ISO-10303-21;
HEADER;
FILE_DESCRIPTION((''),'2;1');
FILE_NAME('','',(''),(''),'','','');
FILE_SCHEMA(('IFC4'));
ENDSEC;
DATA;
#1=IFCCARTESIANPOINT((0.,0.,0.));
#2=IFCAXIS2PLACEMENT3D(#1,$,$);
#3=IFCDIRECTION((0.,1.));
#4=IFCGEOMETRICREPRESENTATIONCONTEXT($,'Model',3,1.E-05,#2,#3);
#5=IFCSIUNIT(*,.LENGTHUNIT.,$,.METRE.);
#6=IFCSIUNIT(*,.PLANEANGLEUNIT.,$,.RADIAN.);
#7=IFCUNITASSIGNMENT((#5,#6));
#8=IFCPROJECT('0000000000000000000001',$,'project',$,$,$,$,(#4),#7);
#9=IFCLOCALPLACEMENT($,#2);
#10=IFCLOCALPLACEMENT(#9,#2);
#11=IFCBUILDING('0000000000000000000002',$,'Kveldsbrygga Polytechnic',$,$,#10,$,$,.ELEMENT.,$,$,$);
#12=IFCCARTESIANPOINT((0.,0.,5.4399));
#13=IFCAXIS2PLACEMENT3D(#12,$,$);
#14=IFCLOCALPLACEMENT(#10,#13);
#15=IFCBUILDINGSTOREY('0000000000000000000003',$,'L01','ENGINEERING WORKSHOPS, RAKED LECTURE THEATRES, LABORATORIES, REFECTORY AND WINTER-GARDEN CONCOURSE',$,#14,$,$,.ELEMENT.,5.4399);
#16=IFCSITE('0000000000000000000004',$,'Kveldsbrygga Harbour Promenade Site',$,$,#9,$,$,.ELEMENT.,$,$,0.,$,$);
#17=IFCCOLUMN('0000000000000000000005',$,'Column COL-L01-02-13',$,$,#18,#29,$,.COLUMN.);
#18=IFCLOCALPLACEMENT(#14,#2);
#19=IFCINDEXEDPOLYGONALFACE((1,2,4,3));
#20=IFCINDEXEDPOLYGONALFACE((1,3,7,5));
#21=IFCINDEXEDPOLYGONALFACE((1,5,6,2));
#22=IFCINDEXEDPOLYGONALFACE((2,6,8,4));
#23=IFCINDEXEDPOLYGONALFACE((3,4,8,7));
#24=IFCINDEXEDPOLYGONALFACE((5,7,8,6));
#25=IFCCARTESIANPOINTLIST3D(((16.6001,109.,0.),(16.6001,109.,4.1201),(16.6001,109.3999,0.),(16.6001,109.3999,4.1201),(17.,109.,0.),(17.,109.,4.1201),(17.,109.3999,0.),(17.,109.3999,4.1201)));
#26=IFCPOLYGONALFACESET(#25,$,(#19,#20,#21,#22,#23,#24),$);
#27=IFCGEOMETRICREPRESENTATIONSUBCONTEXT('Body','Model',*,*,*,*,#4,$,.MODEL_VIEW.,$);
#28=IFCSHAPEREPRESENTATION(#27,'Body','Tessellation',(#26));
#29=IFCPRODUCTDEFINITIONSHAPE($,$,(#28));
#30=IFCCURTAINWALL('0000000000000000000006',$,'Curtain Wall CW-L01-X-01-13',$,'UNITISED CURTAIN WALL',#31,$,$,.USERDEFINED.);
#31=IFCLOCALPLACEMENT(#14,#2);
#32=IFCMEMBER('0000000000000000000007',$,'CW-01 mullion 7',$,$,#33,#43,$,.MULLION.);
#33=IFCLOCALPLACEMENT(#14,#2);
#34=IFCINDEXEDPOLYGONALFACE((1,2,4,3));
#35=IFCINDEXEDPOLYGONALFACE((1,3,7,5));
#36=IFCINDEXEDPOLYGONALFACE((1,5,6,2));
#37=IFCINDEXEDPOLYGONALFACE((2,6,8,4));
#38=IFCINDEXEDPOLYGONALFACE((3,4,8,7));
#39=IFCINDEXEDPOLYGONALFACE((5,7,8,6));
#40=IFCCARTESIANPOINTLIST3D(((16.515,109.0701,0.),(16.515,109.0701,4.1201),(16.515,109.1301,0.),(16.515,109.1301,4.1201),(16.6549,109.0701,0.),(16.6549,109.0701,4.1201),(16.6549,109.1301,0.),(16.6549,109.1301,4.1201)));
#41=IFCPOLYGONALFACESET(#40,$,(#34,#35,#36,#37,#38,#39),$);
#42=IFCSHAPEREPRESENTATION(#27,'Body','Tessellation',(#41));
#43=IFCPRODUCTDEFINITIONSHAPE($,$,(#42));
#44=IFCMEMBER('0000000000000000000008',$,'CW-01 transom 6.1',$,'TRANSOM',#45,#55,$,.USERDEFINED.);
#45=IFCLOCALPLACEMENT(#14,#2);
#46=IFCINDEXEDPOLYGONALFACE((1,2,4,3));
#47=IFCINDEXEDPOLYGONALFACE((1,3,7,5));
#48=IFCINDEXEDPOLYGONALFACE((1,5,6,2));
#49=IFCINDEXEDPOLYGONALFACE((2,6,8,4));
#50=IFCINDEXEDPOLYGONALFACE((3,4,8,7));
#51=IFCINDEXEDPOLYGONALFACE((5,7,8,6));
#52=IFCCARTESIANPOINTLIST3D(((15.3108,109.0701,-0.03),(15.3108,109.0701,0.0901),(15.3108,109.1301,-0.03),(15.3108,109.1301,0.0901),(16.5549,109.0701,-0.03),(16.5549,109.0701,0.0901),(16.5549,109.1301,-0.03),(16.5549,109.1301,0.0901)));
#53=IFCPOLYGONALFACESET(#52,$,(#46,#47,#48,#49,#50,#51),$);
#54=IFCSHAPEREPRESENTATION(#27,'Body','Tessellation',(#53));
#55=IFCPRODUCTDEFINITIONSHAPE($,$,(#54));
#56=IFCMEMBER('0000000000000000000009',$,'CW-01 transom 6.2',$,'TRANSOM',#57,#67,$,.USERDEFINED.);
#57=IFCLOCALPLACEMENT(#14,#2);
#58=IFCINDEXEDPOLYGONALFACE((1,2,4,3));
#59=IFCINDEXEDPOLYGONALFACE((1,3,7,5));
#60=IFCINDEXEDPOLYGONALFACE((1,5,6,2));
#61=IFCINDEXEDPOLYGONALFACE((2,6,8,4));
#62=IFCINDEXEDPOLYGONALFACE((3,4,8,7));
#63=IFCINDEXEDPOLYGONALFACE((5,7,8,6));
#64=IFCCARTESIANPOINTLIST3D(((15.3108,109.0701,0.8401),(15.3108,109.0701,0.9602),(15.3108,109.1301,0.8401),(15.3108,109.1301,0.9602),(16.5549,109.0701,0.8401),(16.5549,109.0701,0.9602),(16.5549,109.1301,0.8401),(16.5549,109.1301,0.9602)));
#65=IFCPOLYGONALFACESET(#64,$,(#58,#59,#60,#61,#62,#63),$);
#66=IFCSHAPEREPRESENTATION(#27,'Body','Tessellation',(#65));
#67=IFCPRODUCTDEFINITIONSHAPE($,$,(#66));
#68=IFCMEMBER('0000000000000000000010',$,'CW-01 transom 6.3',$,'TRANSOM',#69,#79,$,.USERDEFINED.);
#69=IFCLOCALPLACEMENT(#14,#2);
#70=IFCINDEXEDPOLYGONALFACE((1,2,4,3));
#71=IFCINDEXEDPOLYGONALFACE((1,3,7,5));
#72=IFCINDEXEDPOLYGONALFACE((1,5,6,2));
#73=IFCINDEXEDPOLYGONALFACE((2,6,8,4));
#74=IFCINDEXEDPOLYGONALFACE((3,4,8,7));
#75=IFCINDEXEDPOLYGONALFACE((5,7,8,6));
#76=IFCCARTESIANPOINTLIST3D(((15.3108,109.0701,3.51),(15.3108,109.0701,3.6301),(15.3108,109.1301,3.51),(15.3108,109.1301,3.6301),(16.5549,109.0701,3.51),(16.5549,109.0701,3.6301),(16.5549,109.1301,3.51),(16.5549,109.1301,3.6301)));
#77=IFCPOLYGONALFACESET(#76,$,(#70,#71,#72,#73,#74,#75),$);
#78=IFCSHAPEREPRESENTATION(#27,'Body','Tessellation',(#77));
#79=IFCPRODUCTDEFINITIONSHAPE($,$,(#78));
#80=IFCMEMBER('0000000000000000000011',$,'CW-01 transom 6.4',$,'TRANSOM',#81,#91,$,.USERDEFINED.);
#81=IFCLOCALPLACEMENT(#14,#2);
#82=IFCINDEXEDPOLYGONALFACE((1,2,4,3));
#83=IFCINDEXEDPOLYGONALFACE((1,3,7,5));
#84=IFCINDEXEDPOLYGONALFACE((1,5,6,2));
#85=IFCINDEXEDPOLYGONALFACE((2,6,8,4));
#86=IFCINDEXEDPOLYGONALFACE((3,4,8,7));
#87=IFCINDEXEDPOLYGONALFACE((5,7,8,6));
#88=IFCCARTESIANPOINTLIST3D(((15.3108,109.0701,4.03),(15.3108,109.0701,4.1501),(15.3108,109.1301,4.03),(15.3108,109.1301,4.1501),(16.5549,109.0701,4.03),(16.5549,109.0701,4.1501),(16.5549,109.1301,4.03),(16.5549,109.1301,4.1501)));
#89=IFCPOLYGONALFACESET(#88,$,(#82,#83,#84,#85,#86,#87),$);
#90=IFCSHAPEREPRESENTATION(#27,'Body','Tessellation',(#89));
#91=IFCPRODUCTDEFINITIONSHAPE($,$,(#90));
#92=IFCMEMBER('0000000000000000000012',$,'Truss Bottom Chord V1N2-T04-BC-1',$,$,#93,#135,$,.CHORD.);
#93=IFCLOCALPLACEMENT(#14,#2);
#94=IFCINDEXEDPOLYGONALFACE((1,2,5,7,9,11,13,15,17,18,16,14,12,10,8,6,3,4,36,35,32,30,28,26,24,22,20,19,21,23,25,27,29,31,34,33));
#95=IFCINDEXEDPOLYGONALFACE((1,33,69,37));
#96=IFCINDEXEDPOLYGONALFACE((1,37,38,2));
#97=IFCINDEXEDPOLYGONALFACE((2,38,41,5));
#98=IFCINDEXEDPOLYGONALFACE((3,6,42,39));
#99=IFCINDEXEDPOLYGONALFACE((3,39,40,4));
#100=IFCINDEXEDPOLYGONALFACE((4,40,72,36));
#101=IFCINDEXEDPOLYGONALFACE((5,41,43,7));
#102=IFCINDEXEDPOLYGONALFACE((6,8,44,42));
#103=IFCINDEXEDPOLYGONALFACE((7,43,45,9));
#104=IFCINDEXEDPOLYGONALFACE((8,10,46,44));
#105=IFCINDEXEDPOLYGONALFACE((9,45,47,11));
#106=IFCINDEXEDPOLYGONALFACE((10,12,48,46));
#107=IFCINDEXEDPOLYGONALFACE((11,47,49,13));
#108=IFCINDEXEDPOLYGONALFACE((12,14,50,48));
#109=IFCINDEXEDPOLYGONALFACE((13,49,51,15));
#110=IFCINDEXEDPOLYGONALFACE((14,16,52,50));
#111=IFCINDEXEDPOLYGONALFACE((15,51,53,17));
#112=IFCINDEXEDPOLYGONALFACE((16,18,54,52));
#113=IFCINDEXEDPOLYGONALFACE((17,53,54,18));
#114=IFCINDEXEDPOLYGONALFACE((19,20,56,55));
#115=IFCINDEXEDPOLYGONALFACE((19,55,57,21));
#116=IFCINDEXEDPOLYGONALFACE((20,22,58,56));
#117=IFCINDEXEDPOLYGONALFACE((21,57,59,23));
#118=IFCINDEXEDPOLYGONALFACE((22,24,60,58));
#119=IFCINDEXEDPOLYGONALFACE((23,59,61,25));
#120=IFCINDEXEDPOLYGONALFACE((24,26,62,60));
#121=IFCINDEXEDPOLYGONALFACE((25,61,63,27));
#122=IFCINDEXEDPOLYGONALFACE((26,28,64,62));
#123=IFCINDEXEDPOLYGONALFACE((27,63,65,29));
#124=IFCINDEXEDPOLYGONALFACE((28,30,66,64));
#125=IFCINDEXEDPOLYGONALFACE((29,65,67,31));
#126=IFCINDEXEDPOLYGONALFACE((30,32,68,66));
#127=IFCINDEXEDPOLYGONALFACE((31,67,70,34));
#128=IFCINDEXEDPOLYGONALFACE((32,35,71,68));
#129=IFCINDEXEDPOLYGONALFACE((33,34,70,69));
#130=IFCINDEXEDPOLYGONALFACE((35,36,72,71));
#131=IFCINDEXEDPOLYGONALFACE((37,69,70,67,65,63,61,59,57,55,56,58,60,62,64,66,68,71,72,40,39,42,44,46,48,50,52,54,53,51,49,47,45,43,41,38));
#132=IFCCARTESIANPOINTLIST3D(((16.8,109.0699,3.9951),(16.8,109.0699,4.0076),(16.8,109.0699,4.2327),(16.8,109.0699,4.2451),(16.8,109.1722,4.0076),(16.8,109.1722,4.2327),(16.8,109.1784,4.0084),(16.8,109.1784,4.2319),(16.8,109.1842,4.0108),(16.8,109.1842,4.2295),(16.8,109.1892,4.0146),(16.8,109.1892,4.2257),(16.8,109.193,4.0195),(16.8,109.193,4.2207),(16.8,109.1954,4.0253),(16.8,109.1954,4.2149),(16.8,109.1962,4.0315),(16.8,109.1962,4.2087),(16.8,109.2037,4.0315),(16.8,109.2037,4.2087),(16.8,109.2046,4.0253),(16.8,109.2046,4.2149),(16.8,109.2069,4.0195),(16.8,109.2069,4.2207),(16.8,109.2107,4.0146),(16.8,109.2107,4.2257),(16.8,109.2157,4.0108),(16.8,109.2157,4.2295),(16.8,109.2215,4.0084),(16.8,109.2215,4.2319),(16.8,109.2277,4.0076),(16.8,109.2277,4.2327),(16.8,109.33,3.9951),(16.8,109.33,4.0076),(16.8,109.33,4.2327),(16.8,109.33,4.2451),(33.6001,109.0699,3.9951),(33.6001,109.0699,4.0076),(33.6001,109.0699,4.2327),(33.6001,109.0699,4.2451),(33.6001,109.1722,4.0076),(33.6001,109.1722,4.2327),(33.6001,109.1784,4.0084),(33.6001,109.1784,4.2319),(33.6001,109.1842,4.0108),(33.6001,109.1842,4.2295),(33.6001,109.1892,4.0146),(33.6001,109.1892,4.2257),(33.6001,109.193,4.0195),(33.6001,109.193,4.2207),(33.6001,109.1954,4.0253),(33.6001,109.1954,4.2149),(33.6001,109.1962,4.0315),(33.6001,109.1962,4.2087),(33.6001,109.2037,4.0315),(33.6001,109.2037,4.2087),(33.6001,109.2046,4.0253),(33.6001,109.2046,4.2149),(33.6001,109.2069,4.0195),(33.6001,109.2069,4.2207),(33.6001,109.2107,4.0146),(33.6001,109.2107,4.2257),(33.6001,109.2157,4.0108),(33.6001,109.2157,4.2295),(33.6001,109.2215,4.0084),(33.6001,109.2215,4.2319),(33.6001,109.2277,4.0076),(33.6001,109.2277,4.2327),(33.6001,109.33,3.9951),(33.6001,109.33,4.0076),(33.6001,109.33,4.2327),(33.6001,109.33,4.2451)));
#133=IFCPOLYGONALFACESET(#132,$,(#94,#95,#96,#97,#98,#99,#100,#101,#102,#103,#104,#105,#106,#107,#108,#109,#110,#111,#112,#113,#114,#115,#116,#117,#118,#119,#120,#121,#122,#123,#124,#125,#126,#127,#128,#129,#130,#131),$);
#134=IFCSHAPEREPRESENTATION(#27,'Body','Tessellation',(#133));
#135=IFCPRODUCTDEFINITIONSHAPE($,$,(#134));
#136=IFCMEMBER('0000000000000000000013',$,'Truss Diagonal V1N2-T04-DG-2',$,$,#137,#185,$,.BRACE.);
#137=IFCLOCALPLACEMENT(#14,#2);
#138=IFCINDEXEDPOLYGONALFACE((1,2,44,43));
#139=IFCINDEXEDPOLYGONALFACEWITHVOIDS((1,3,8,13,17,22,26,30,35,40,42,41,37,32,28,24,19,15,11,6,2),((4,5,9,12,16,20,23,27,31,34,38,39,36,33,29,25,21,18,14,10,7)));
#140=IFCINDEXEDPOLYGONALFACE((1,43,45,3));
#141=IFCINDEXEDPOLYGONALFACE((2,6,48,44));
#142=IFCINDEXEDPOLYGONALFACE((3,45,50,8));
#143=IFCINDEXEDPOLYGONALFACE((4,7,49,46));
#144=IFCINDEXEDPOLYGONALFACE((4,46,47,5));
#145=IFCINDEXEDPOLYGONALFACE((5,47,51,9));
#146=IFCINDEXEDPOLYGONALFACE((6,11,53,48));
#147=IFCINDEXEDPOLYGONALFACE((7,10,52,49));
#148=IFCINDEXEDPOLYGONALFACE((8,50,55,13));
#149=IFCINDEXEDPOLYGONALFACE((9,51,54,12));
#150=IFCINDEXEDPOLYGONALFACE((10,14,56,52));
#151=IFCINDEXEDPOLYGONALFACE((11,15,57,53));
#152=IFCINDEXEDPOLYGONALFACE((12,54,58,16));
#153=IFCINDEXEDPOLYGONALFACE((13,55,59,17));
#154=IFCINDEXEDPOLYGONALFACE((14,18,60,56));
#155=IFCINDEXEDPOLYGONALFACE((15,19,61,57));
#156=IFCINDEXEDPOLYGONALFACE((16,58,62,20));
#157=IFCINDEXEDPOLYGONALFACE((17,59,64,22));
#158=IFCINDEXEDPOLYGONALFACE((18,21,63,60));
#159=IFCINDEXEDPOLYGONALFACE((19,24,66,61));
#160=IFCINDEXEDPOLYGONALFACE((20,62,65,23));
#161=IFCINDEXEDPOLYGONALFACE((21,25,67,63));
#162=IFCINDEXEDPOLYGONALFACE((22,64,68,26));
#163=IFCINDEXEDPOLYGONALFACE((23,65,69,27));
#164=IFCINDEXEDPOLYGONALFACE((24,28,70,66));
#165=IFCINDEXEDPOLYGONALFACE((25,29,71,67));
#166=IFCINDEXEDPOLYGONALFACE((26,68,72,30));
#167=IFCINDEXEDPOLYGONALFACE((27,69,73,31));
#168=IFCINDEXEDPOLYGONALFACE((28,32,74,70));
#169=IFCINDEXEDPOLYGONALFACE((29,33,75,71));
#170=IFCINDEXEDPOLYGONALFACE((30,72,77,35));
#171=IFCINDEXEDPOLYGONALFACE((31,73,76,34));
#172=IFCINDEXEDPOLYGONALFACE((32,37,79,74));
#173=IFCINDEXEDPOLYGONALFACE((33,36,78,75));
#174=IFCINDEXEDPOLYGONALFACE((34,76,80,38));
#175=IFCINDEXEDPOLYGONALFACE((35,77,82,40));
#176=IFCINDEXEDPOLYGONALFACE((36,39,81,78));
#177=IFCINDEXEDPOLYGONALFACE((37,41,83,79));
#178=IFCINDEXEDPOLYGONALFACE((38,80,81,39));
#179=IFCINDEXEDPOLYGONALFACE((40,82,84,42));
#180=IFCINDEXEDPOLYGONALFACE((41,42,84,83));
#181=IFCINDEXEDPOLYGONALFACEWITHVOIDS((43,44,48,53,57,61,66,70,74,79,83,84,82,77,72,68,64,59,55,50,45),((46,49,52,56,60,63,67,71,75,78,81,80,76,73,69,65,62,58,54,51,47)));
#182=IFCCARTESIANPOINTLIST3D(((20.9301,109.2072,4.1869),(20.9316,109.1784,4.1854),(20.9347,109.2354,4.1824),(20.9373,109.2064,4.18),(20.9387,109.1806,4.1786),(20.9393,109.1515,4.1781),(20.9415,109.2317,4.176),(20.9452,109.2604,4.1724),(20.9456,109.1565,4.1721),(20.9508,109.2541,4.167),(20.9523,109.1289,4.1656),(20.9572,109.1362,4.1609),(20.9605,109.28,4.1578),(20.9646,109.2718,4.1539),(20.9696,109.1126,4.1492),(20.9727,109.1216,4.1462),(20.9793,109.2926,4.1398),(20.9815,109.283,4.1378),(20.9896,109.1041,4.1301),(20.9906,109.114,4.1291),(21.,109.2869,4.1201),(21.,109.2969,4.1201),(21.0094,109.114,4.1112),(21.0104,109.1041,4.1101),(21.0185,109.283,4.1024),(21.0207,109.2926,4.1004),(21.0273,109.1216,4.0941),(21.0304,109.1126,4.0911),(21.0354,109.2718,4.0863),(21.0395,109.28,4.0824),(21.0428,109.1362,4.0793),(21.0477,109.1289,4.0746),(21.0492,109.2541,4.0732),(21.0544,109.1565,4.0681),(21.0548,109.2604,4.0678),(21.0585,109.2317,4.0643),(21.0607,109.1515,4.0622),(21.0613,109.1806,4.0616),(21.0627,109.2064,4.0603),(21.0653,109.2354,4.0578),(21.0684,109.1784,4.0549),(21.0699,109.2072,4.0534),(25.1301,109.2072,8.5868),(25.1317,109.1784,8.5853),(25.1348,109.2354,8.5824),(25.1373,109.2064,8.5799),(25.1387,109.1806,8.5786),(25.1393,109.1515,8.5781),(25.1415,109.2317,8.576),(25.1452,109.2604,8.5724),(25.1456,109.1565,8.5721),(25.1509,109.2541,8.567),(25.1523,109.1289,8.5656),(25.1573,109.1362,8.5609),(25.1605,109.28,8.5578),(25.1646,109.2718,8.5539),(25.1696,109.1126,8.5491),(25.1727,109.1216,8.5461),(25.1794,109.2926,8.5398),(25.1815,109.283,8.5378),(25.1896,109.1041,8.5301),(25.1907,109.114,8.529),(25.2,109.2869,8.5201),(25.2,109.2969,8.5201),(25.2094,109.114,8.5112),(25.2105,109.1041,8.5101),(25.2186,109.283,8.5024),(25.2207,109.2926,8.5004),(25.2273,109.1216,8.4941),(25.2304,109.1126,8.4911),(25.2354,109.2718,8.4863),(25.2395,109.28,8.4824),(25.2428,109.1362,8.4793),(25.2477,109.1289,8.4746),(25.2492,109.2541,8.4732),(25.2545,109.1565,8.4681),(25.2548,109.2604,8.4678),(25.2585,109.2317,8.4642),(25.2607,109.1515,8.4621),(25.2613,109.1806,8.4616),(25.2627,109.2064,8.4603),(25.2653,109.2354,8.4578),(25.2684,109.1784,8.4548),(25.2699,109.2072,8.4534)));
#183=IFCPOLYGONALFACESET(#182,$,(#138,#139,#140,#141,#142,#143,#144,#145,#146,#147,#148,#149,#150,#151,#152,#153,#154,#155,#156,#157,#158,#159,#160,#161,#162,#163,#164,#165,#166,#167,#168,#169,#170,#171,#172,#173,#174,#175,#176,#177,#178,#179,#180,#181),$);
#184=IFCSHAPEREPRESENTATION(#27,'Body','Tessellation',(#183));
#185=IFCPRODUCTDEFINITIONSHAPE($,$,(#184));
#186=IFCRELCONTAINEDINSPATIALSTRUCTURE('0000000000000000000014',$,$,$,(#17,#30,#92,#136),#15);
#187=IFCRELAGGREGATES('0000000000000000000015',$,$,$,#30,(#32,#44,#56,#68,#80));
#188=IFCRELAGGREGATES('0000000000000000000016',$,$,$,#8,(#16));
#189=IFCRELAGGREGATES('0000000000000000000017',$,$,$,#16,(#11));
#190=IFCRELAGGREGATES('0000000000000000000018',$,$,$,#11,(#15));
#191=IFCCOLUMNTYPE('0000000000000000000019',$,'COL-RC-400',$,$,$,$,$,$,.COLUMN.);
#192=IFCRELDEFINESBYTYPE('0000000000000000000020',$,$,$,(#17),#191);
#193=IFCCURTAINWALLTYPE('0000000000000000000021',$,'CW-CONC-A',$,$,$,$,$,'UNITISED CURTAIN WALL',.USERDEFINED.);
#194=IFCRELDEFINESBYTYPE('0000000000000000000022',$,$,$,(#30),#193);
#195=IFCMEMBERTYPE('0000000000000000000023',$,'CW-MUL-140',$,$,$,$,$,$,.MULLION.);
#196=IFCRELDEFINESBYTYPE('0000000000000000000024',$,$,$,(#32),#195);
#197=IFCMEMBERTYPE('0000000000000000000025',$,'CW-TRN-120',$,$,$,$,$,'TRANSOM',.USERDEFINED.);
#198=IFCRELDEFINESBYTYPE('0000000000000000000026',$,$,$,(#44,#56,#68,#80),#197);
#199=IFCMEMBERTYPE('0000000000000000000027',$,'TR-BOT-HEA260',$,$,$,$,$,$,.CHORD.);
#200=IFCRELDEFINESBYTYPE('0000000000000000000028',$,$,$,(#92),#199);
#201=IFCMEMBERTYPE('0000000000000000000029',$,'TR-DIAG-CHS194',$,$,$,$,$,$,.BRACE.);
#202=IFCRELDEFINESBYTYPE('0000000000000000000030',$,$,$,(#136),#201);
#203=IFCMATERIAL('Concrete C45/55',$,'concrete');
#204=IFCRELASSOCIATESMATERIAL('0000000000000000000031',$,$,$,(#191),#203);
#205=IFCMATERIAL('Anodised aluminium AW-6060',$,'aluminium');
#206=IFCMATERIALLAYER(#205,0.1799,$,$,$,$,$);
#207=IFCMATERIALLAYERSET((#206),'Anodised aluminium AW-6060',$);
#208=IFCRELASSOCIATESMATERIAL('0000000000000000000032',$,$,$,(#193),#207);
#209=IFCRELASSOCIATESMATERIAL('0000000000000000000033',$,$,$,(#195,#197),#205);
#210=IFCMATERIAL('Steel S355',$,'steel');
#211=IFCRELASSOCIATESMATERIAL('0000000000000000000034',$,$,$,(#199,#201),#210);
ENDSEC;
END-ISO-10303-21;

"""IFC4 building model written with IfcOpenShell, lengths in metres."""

from ifc_helpers import new_model, si_unit, direction, frame, origin, origin_2d, place, context, subcontext, project, spatial, rectangle, hollow_circle, i_section, extrude, material, layer, layer_set, material_profile, profile_set, type_object, element, aggregate, save


model = new_model("IFC4")

# Units and contexts
model_context = context("Model", 3, precision=1e-05, world=origin(), true_north=direction((0.0, 1.0)))
body_context = subcontext(model_context, "Body", "Model", "MODEL_VIEW")
ifc_project = project(units=[si_unit("LENGTHUNIT", "METRE"), si_unit("PLANEANGLEUNIT", "RADIAN")], contexts=[model_context])

# Site, building, storey
site_placement = place(None, origin())
site = spatial("IfcSite", under=ifc_project, at=site_placement, Name="Kveldsbrygga Harbour Promenade Site", CompositionType="ELEMENT", RefElevation=0.0)
building_placement = place(site_placement, origin())
building = spatial("IfcBuilding", under=site, at=building_placement, Name="Kveldsbrygga Polytechnic", CompositionType="ELEMENT")
storey_placement = place(building_placement, frame((0.0, 0.0, 5.4399)))
storey = spatial("IfcBuildingStorey", under=building, at=storey_placement, Name="L01", Description="ENGINEERING WORKSHOPS, RAKED LECTURE THEATRES, LABORATORIES, REFECTORY AND WINTER-GARDEN CONCOURSE", CompositionType="ELEMENT", Elevation=5.4399)

# Column
ifc_material_1 = material(Name="Concrete C45/55", Category="concrete")
ifc_material_profile_1 = material_profile(ifc_material_1, rectangle(XDim=0.3999, YDim=0.3999, at=origin_2d()), Name="RC 400x400")
ifc_profile_set_1 = profile_set([ifc_material_profile_1], Name="Concrete C45/55")
column_type = type_object("IfcColumnType", Name="COL-RC-400", PredefinedType="COLUMN", material=ifc_profile_set_1)
column_placement = place(storey_placement, frame((16.8, 109.2, 0.0), z_axis=(0.0, 0.0, 1.0), x_axis=(1.0, 0.0, 0.0)))
element("IfcColumn", 1, at=column_placement, inside=storey, type_object=column_type, Name="Column COL-L01-02-13", PredefinedType="COLUMN", context=body_context, shape_type="SweptSolid", body=[
    extrude(rectangle(XDim=0.3999, YDim=0.3999, at=origin_2d()), origin(), (0.0, 0.0, 1.0), 4.1201),
])

# Curtain wall, members
ifc_material_2 = material(Name="Anodised aluminium AW-6060", Category="aluminium")
ifc_layer_1 = layer(ifc_material_2, 0.1799)
ifc_layer_set_1 = layer_set([ifc_layer_1], Name="Anodised aluminium AW-6060")
curtain_wall_type = type_object("IfcCurtainWallType", Name="CW-CONC-A", ElementType="UNITISED CURTAIN WALL", PredefinedType="USERDEFINED", material=ifc_layer_set_1)
curtain_wall_placement = place(storey_placement, origin())
curtain_wall = element("IfcCurtainWall", 2, at=curtain_wall_placement, inside=storey, type_object=curtain_wall_type, Name="Curtain Wall CW-L01-X-01-13", ObjectType="UNITISED CURTAIN WALL", PredefinedType="USERDEFINED")
ifc_material_profile_2 = material_profile(ifc_material_2, rectangle(XDim=0.0601, YDim=0.1399, at=origin_2d()), Name="ALU 60x140")
ifc_profile_set_2 = profile_set([ifc_material_profile_2], Name="Anodised aluminium AW-6060")
member_type_1 = type_object("IfcMemberType", Name="CW-MUL-140", PredefinedType="MULLION", material=ifc_profile_set_2)
member_1_placement = place(storey_placement, frame((16.585, 109.1001, 0.0), z_axis=(0.0, 0.0, 1.0), x_axis=(0.0, 1.0, 0.0)))
member_1 = element("IfcMember", 3, at=member_1_placement, type_object=member_type_1, Name="CW-01 mullion 7", PredefinedType="MULLION", context=body_context, shape_type="SweptSolid", body=[
    extrude(rectangle(XDim=0.0601, YDim=0.1399, at=origin_2d()), origin(), (0.0, 0.0, 1.0), 4.1201),
])
ifc_material_profile_3 = material_profile(ifc_material_2, rectangle(XDim=0.0601, YDim=0.1201, at=origin_2d()), Name="ALU 60x120")
ifc_profile_set_3 = profile_set([ifc_material_profile_3], Name="Anodised aluminium AW-6060")
member_type_2 = type_object("IfcMemberType", Name="CW-TRN-120", ElementType="TRANSOM", PredefinedType="USERDEFINED", material=ifc_profile_set_3)
member_2_placement = place(storey_placement, frame((15.3108, 109.1001, 0.03), z_axis=(1.0, 0.0, 0.0), x_axis=(0.0, 1.0, 0.0)))
member_2 = element("IfcMember", 4, at=member_2_placement, type_object=member_type_2, Name="CW-01 transom 6.1", ObjectType="TRANSOM", PredefinedType="USERDEFINED", context=body_context, shape_type="SweptSolid", body=[
    extrude(rectangle(XDim=0.0601, YDim=0.1201, at=origin_2d()), origin(), (0.0, 0.0, 1.0), 1.2441),
])
member_3_placement = place(storey_placement, frame((15.3108, 109.1001, 0.9001), z_axis=(1.0, 0.0, 0.0), x_axis=(0.0, 1.0, 0.0)))
member_3 = element("IfcMember", 5, at=member_3_placement, type_object=member_type_2, Name="CW-01 transom 6.2", ObjectType="TRANSOM", PredefinedType="USERDEFINED", context=body_context, shape_type="SweptSolid", body=[
    extrude(rectangle(XDim=0.0601, YDim=0.1201, at=origin_2d()), origin(), (0.0, 0.0, 1.0), 1.2441),
])
member_4_placement = place(storey_placement, frame((15.3108, 109.1001, 3.5701), z_axis=(1.0, 0.0, 0.0), x_axis=(0.0, 1.0, 0.0)))
member_4 = element("IfcMember", 6, at=member_4_placement, type_object=member_type_2, Name="CW-01 transom 6.3", ObjectType="TRANSOM", PredefinedType="USERDEFINED", context=body_context, shape_type="SweptSolid", body=[
    extrude(rectangle(XDim=0.0601, YDim=0.1201, at=origin_2d()), origin(), (0.0, 0.0, 1.0), 1.2441),
])
member_5_placement = place(storey_placement, frame((15.3108, 109.1001, 4.0901), z_axis=(1.0, 0.0, 0.0), x_axis=(0.0, 1.0, 0.0)))
member_5 = element("IfcMember", 7, at=member_5_placement, type_object=member_type_2, Name="CW-01 transom 6.4", ObjectType="TRANSOM", PredefinedType="USERDEFINED", context=body_context, shape_type="SweptSolid", body=[
    extrude(rectangle(XDim=0.0601, YDim=0.1201, at=origin_2d()), origin(), (0.0, 0.0, 1.0), 1.2441),
])

# Members
ifc_material_3 = material(Name="Steel S355", Category="steel")
ifc_material_profile_4 = material_profile(ifc_material_3, i_section(OverallWidth=0.26, OverallDepth=0.25, WebThickness=0.0076, FlangeThickness=0.0125, FilletRadius=0.0239, at=origin_2d()), Name="HEA 260")
ifc_profile_set_4 = profile_set([ifc_material_profile_4], Name="Steel S355")
member_type_3 = type_object("IfcMemberType", Name="TR-BOT-HEA260", PredefinedType="CHORD", material=ifc_profile_set_4)
member_6_placement = place(storey_placement, frame((16.8, 109.2, 4.1201), z_axis=(1.0, 0.0, 0.0), x_axis=(0.0, 1.0, 0.0)))
element("IfcMember", 8, at=member_6_placement, inside=storey, type_object=member_type_3, Name="Truss Bottom Chord V1N2-T04-BC-1", PredefinedType="CHORD", context=body_context, shape_type="SweptSolid", body=[
    extrude(i_section(OverallWidth=0.26, OverallDepth=0.25, WebThickness=0.0076, FlangeThickness=0.0125, FilletRadius=0.0239, at=origin_2d()), origin(), (0.0, 0.0, 1.0), 16.8),
])
ifc_material_profile_5 = material_profile(ifc_material_3, hollow_circle(Radius=0.0969, WallThickness=0.01, at=origin_2d()), Name="CHS 193.7x10.0")
ifc_profile_set_5 = profile_set([ifc_material_profile_5], Name="Steel S355")
member_type_4 = type_object("IfcMemberType", Name="TR-DIAG-CHS194", PredefinedType="BRACE", material=ifc_profile_set_5)
member_7_placement = place(storey_placement, frame((21.0, 109.2, 4.1201), z_axis=(0.69048, 0.0, 0.723352), x_axis=(0.0, 1.0, 0.0)))
element("IfcMember", 9, at=member_7_placement, inside=storey, type_object=member_type_4, Name="Truss Diagonal V1N2-T04-DG-2", PredefinedType="BRACE", context=body_context, shape_type="SweptSolid", body=[
    extrude(hollow_circle(Radius=0.0969, WallThickness=0.01, at=origin_2d()), origin(), (0.0, 0.0, 1.0), 6.0828),
])

aggregate(curtain_wall, [member_1, member_2, member_3, member_4, member_5])

save(model, "model.ifc")
